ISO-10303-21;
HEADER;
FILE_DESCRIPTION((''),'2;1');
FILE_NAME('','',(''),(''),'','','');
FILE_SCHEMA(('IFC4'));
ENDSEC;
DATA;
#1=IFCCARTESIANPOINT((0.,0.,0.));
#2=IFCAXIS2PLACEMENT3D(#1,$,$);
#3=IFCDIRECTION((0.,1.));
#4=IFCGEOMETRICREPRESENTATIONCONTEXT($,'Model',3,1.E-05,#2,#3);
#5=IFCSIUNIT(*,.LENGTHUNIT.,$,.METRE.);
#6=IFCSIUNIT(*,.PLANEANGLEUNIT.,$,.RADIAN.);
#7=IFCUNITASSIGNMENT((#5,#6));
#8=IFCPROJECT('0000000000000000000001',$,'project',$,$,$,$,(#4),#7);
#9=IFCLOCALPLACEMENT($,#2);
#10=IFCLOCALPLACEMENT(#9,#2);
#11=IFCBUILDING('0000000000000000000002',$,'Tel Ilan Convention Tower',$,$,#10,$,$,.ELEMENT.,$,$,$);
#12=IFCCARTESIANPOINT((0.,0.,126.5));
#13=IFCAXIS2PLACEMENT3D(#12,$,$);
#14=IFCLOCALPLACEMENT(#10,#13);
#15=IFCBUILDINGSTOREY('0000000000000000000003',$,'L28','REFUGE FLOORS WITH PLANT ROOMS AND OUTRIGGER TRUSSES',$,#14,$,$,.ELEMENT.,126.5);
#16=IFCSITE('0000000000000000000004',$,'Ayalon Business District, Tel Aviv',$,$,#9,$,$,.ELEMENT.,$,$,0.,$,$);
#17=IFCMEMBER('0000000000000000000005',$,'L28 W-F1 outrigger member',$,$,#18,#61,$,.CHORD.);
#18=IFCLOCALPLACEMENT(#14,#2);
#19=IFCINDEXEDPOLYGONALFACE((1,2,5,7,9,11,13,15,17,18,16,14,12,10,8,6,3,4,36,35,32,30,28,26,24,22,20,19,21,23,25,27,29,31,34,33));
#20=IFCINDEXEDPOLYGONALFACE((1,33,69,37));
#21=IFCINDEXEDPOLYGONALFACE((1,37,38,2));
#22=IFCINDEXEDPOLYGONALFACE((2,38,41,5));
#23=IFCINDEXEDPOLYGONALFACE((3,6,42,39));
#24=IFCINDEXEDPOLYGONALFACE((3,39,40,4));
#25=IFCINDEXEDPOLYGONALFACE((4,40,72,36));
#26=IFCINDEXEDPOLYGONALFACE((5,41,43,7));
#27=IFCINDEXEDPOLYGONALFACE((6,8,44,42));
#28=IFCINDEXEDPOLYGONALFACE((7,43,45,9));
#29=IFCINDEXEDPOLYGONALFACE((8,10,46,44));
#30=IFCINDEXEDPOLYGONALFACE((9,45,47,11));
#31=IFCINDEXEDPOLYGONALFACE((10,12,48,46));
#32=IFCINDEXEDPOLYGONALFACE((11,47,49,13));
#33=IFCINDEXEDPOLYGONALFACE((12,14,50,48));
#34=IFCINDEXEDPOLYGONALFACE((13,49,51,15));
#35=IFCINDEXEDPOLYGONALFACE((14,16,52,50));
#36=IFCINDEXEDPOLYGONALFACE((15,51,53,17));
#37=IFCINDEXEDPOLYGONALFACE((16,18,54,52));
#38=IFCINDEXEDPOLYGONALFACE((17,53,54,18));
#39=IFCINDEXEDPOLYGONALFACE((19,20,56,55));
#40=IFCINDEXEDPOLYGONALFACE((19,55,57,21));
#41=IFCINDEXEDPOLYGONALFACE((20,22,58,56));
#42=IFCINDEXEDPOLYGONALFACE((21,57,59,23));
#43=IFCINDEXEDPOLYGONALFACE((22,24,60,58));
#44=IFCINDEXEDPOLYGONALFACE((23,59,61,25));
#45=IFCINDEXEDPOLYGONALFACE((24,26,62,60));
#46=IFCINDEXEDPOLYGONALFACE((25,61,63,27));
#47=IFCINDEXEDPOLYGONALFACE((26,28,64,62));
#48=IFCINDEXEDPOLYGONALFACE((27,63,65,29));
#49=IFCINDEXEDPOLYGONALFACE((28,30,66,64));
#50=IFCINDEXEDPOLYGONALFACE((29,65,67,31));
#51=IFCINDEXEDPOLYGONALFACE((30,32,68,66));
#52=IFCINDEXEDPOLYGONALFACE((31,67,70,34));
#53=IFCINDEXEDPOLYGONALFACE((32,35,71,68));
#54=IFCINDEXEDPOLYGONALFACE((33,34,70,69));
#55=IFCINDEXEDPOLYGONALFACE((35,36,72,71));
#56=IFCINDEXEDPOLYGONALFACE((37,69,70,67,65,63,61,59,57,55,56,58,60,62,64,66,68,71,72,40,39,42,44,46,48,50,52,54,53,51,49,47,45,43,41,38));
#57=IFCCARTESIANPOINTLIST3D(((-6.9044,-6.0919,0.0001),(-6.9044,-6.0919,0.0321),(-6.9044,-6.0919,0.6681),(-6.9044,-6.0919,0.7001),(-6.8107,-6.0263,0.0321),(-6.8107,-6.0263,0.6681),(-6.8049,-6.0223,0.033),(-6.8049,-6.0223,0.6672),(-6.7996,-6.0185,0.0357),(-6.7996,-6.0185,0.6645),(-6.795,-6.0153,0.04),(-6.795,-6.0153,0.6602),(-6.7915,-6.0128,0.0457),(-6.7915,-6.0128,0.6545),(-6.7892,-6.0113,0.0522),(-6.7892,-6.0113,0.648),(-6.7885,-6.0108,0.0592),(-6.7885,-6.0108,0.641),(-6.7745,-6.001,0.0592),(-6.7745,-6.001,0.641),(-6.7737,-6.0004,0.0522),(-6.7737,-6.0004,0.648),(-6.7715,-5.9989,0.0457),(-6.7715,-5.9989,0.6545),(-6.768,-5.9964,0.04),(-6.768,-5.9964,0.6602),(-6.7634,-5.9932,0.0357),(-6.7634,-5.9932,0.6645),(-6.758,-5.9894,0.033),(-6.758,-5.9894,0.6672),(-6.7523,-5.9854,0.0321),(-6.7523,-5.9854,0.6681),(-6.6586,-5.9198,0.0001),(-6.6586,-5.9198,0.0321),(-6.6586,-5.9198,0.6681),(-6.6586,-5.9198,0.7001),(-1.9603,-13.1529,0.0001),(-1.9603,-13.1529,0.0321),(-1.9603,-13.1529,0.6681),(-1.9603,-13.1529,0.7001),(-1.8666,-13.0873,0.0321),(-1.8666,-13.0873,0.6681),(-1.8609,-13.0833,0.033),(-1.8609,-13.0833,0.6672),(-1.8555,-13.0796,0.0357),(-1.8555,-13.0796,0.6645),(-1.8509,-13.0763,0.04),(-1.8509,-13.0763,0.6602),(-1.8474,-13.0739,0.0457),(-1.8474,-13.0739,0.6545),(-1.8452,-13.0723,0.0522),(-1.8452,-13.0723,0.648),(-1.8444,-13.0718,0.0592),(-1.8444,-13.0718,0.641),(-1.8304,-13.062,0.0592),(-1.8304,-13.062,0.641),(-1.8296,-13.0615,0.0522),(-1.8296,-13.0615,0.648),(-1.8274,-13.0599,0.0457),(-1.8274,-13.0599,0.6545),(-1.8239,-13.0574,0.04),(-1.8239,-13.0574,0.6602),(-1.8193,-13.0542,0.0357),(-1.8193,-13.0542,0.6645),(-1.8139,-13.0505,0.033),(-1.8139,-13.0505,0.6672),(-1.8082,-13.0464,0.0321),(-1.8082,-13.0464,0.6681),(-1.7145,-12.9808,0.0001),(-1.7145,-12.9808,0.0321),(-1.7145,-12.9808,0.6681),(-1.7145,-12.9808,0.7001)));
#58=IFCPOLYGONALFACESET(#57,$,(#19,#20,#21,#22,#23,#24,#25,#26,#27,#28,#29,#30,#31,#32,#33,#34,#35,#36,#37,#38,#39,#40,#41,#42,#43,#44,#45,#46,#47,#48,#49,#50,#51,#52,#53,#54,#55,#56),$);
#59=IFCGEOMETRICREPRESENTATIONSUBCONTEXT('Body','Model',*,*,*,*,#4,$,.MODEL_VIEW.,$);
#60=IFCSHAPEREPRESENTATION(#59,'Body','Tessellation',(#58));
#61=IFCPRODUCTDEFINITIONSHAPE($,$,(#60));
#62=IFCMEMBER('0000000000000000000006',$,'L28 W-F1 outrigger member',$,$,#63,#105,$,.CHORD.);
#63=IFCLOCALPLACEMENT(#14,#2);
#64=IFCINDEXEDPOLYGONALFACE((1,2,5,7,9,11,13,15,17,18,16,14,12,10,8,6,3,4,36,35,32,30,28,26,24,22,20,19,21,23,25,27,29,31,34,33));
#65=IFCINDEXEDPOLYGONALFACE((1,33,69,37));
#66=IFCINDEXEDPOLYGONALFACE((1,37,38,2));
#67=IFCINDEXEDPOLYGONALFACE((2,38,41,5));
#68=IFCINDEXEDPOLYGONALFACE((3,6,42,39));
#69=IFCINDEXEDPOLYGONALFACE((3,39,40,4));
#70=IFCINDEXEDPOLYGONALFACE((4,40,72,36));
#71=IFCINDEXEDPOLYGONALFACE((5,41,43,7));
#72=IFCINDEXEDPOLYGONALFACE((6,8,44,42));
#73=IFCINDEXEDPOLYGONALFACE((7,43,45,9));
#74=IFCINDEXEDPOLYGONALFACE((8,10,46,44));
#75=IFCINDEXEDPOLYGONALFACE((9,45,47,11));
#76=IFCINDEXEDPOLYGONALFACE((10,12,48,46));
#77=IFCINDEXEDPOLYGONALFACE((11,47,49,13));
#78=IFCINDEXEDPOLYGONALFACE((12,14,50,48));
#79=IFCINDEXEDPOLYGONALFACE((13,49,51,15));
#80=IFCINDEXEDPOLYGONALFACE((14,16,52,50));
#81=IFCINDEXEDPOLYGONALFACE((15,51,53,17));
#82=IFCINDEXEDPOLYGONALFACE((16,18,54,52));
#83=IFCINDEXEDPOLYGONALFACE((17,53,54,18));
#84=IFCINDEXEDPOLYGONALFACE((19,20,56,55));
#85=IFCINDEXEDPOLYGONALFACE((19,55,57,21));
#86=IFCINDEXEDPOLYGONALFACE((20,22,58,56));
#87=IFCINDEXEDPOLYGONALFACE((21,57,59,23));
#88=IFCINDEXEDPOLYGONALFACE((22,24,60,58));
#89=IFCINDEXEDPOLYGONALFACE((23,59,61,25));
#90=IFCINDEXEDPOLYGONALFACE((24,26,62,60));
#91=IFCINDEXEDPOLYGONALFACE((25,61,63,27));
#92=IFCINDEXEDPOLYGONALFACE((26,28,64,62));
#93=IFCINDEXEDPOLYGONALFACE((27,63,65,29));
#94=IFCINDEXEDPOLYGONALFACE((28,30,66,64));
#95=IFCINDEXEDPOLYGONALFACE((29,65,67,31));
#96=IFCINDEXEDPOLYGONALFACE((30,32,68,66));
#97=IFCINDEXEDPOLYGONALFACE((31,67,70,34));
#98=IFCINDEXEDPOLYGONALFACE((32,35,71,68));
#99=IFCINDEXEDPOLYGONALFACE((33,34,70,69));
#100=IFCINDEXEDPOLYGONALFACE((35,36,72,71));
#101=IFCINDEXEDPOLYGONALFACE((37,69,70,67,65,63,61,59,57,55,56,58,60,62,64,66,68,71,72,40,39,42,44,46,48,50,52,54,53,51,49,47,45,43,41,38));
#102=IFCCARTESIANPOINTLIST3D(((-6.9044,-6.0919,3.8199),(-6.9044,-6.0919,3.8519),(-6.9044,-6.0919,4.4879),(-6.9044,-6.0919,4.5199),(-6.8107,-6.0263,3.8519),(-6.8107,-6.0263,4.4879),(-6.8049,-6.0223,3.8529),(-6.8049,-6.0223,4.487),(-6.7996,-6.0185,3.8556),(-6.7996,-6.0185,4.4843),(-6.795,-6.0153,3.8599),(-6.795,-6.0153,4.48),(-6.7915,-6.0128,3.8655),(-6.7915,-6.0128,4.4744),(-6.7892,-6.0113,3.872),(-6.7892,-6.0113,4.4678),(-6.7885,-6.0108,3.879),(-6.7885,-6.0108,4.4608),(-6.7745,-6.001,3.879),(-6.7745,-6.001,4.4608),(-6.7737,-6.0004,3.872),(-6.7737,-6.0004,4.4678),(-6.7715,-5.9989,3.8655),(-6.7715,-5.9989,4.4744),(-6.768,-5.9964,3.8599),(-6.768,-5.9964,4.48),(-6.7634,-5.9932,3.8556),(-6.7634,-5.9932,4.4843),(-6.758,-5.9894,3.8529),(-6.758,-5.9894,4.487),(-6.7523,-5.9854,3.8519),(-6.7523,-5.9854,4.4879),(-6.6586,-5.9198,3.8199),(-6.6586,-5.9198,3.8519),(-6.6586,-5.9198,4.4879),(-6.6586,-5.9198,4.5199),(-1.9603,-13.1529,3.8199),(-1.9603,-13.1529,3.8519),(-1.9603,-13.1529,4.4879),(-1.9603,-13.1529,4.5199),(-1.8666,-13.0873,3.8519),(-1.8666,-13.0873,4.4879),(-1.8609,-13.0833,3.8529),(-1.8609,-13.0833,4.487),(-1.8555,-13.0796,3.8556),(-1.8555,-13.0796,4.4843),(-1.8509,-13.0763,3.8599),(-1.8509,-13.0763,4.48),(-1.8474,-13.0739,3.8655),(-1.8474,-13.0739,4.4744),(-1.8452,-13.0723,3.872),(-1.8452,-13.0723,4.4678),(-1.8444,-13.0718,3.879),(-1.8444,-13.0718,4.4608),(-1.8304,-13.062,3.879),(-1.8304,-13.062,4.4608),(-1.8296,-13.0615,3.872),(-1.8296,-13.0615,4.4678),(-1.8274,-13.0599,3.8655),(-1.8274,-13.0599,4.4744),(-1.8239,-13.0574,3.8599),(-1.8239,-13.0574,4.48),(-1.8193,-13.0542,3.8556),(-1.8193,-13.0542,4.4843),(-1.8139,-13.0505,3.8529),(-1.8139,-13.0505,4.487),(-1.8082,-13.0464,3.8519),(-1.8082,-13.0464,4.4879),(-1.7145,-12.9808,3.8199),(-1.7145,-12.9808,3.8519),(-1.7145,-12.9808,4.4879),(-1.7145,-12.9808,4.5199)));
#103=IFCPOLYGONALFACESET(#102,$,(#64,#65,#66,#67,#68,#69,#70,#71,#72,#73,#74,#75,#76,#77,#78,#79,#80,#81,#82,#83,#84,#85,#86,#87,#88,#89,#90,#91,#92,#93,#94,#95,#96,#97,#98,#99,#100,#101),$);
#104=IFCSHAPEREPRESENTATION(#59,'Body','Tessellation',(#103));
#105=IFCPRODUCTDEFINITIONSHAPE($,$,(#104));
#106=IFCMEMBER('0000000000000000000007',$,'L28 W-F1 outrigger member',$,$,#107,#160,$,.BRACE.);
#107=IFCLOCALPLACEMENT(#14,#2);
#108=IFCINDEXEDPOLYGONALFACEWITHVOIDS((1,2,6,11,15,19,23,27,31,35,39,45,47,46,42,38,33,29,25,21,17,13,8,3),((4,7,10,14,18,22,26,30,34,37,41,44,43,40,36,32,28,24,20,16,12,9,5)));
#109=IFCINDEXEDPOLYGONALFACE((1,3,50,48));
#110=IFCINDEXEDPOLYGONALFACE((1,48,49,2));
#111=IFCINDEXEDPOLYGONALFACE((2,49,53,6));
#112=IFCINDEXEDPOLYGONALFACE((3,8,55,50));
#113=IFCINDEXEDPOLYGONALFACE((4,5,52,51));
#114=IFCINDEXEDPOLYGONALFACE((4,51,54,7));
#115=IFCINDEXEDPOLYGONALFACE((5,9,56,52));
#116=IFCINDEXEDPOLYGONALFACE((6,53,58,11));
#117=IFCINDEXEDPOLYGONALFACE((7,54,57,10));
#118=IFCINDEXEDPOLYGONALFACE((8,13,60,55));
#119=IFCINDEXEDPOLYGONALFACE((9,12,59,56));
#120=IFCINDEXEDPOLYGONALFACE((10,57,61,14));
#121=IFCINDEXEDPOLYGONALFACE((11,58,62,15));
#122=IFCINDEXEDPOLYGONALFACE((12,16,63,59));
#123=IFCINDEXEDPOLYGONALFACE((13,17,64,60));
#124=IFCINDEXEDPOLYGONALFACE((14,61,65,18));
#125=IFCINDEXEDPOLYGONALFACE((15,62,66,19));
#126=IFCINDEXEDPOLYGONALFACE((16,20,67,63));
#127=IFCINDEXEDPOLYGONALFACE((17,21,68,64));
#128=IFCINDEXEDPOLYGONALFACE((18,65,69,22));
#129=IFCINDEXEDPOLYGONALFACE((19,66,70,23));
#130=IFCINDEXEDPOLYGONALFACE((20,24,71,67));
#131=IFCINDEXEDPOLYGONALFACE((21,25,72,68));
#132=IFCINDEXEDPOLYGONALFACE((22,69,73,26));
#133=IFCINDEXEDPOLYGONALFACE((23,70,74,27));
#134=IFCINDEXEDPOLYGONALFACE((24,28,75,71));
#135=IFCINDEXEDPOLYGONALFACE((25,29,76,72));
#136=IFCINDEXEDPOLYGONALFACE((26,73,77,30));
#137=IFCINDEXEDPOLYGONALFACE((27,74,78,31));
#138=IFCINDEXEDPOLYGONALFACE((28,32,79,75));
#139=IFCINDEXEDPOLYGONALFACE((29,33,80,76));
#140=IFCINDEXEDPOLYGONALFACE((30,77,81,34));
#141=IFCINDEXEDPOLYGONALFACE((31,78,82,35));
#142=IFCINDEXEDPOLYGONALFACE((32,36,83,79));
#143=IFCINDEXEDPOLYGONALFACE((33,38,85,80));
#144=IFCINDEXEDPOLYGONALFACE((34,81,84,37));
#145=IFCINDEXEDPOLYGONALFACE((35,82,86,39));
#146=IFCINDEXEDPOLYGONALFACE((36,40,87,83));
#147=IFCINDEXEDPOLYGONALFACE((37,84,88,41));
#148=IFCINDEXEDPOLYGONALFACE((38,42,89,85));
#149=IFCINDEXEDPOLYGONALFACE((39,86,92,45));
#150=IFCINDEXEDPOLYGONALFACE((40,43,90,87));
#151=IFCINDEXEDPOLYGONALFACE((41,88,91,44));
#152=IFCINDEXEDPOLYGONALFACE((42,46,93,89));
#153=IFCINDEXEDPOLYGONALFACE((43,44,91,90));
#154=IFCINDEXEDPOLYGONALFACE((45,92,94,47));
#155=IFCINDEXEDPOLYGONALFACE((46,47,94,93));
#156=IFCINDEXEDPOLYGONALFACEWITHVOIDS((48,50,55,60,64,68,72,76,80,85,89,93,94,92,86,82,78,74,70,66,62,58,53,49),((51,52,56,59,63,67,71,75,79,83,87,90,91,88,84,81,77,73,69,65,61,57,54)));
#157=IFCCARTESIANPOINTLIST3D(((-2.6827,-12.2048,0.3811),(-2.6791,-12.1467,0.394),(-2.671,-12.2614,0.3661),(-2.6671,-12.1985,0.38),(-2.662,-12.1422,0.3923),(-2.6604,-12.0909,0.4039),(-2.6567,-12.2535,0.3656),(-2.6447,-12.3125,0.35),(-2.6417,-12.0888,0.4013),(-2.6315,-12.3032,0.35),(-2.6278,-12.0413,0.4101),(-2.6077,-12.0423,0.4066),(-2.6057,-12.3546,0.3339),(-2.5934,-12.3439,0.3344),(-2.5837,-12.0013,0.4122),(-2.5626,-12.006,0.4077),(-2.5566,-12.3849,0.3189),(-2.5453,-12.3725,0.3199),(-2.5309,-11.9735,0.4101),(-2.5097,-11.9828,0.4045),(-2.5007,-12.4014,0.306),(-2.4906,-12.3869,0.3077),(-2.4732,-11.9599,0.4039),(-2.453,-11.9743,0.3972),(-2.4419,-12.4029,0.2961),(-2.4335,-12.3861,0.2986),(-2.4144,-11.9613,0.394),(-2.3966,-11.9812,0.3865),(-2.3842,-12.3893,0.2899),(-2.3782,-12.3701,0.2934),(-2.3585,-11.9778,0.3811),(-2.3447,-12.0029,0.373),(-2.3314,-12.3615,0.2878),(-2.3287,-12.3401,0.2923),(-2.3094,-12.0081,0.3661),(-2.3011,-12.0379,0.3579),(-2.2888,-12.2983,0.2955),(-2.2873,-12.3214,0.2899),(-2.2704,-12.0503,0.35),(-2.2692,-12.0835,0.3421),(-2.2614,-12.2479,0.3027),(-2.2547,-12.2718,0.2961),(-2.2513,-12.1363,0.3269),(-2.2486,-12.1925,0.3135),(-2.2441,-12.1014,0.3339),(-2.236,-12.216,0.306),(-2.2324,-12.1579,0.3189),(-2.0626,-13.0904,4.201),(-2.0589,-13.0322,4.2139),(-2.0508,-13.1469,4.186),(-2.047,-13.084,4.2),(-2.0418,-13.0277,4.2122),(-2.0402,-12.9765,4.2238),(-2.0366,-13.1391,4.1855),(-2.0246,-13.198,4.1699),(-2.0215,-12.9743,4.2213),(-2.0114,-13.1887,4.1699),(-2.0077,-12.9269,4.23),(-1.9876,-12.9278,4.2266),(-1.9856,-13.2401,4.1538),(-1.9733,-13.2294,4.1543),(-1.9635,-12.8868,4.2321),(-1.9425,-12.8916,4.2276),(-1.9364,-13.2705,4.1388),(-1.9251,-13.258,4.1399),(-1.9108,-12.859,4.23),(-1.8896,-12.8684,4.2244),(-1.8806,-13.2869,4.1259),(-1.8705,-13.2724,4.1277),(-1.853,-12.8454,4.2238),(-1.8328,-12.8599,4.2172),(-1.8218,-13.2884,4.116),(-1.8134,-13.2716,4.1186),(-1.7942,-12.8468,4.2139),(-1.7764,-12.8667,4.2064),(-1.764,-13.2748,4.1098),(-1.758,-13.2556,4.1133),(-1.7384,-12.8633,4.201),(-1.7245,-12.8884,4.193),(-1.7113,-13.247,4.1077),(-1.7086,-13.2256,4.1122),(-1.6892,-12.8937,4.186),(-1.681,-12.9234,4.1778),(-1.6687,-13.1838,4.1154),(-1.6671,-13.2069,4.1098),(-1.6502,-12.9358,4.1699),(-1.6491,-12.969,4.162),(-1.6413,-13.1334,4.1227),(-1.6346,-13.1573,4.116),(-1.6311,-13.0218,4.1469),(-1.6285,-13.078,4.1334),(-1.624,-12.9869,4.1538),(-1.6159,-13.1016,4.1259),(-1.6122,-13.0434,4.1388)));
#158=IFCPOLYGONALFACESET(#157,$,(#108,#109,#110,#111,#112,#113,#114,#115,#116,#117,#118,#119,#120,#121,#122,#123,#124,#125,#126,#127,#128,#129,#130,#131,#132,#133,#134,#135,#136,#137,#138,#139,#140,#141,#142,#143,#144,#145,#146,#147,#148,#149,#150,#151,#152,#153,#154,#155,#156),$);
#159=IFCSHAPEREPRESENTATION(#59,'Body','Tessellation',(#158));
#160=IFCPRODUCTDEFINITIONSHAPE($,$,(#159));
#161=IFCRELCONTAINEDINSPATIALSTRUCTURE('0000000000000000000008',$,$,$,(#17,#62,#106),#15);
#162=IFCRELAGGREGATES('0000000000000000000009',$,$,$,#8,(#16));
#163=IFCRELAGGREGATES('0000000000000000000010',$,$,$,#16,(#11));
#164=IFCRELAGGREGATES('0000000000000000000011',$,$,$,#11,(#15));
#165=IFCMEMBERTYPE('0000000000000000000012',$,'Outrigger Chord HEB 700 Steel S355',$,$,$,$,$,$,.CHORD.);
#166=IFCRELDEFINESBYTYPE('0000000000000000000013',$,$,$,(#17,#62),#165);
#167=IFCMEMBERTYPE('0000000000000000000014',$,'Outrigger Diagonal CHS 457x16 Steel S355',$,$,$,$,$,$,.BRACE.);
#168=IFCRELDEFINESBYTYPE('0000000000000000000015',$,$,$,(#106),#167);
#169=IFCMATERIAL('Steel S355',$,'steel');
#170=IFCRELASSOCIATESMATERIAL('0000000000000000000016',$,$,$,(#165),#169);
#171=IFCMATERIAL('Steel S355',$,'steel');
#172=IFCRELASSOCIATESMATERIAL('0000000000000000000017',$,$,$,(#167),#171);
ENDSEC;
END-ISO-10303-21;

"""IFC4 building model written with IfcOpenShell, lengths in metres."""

from ifc_helpers import new_model, si_unit, direction, frame, origin, origin_2d, place, context, subcontext, project, spatial, hollow_circle, i_section, extrude, material, material_profile, profile_set, type_object, element, save


model = new_model("IFC4")

# Units and contexts
model_context = context("Model", 3, precision=1e-05, world=origin(), true_north=direction((0.0, 1.0)))
body_context = subcontext(model_context, "Body", "Model", "MODEL_VIEW")
ifc_project = project(units=[si_unit("LENGTHUNIT", "METRE"), si_unit("PLANEANGLEUNIT", "RADIAN")], contexts=[model_context])

# Site, building, storey
site_placement = place(None, origin())
site = spatial("IfcSite", under=ifc_project, at=site_placement, Name="Ayalon Business District, Tel Aviv", CompositionType="ELEMENT", RefElevation=0.0)
building_placement = place(site_placement, origin())
building = spatial("IfcBuilding", under=site, at=building_placement, Name="Tel Ilan Convention Tower", CompositionType="ELEMENT")
storey_placement = place(building_placement, frame((0.0, 0.0, 126.5)))
storey = spatial("IfcBuildingStorey", under=building, at=storey_placement, Name="L28", Description="REFUGE FLOORS WITH PLANT ROOMS AND OUTRIGGER TRUSSES", CompositionType="ELEMENT", Elevation=126.5)

# Members
ifc_material_1 = material(Name="Steel S355", Category="steel")
ifc_material_profile_1 = material_profile(ifc_material_1, i_section(OverallWidth=0.3, OverallDepth=0.7, WebThickness=0.0171, FlangeThickness=0.032, FilletRadius=0.0271, at=origin_2d()), Name="HEB 700")
ifc_profile_set_1 = profile_set([ifc_material_profile_1], Name="Steel S355")
member_type_1 = type_object("IfcMemberType", Name="Outrigger Chord HEB 700 Steel S355", PredefinedType="CHORD", material=ifc_profile_set_1)
for number, where, z_axis, x_axis, name in (
    (1, (-1.8374, -13.0669, 0.3501), (-0.573569, 0.819157, 0.0), (-0.819157, -0.573569, 0.0), "L28 W-F1 outrigger member"),
    (2, (-1.8374, -13.0669, 4.1699), (-0.573569, 0.819157, 0.0), (-0.819157, -0.573569, 0.0), "L28 W-F1 outrigger member"),
):
    element("IfcMember", number, at=place(storey_placement, frame(where, z_axis=z_axis, x_axis=x_axis)), inside=storey, type_object=member_type_1, Name=name, PredefinedType="CHORD", context=body_context, shape_type="SweptSolid", body=[
        extrude(i_section(OverallWidth=0.3, OverallDepth=0.7, WebThickness=0.0171, FlangeThickness=0.032, FilletRadius=0.0271, at=origin_2d()), origin(), (0.0, 0.0, 1.0), 8.6199),
    ])
ifc_material_2 = material(Name="Steel S355", Category="steel")
ifc_material_profile_2 = material_profile(ifc_material_2, hollow_circle(Radius=0.2285, WallThickness=0.0161, at=origin_2d()), Name="CHS 457x16")
ifc_profile_set_2 = profile_set([ifc_material_profile_2], Name="Steel S355")
member_type_2 = type_object("IfcMemberType", Name="Outrigger Diagonal CHS 457x16 Steel S355", PredefinedType="BRACE", material=ifc_profile_set_2)
for number, where, z_axis, x_axis, name in (
    (3, (-1.8374, -13.0669, 4.1699), (-0.156207, 0.223056, -0.962209), (-0.819115, -0.573629, 0.0), "L28 W-F1 outrigger member"),
):
    element("IfcMember", number, at=place(storey_placement, frame(where, z_axis=z_axis, x_axis=x_axis)), inside=storey, type_object=member_type_2, Name=name, PredefinedType="BRACE", context=body_context, shape_type="SweptSolid", body=[
        extrude(hollow_circle(Radius=0.2285, WallThickness=0.0161, at=origin_2d()), origin(), (0.0, 0.0, 1.0), 3.97),
    ])

save(model, "model.ifc")
